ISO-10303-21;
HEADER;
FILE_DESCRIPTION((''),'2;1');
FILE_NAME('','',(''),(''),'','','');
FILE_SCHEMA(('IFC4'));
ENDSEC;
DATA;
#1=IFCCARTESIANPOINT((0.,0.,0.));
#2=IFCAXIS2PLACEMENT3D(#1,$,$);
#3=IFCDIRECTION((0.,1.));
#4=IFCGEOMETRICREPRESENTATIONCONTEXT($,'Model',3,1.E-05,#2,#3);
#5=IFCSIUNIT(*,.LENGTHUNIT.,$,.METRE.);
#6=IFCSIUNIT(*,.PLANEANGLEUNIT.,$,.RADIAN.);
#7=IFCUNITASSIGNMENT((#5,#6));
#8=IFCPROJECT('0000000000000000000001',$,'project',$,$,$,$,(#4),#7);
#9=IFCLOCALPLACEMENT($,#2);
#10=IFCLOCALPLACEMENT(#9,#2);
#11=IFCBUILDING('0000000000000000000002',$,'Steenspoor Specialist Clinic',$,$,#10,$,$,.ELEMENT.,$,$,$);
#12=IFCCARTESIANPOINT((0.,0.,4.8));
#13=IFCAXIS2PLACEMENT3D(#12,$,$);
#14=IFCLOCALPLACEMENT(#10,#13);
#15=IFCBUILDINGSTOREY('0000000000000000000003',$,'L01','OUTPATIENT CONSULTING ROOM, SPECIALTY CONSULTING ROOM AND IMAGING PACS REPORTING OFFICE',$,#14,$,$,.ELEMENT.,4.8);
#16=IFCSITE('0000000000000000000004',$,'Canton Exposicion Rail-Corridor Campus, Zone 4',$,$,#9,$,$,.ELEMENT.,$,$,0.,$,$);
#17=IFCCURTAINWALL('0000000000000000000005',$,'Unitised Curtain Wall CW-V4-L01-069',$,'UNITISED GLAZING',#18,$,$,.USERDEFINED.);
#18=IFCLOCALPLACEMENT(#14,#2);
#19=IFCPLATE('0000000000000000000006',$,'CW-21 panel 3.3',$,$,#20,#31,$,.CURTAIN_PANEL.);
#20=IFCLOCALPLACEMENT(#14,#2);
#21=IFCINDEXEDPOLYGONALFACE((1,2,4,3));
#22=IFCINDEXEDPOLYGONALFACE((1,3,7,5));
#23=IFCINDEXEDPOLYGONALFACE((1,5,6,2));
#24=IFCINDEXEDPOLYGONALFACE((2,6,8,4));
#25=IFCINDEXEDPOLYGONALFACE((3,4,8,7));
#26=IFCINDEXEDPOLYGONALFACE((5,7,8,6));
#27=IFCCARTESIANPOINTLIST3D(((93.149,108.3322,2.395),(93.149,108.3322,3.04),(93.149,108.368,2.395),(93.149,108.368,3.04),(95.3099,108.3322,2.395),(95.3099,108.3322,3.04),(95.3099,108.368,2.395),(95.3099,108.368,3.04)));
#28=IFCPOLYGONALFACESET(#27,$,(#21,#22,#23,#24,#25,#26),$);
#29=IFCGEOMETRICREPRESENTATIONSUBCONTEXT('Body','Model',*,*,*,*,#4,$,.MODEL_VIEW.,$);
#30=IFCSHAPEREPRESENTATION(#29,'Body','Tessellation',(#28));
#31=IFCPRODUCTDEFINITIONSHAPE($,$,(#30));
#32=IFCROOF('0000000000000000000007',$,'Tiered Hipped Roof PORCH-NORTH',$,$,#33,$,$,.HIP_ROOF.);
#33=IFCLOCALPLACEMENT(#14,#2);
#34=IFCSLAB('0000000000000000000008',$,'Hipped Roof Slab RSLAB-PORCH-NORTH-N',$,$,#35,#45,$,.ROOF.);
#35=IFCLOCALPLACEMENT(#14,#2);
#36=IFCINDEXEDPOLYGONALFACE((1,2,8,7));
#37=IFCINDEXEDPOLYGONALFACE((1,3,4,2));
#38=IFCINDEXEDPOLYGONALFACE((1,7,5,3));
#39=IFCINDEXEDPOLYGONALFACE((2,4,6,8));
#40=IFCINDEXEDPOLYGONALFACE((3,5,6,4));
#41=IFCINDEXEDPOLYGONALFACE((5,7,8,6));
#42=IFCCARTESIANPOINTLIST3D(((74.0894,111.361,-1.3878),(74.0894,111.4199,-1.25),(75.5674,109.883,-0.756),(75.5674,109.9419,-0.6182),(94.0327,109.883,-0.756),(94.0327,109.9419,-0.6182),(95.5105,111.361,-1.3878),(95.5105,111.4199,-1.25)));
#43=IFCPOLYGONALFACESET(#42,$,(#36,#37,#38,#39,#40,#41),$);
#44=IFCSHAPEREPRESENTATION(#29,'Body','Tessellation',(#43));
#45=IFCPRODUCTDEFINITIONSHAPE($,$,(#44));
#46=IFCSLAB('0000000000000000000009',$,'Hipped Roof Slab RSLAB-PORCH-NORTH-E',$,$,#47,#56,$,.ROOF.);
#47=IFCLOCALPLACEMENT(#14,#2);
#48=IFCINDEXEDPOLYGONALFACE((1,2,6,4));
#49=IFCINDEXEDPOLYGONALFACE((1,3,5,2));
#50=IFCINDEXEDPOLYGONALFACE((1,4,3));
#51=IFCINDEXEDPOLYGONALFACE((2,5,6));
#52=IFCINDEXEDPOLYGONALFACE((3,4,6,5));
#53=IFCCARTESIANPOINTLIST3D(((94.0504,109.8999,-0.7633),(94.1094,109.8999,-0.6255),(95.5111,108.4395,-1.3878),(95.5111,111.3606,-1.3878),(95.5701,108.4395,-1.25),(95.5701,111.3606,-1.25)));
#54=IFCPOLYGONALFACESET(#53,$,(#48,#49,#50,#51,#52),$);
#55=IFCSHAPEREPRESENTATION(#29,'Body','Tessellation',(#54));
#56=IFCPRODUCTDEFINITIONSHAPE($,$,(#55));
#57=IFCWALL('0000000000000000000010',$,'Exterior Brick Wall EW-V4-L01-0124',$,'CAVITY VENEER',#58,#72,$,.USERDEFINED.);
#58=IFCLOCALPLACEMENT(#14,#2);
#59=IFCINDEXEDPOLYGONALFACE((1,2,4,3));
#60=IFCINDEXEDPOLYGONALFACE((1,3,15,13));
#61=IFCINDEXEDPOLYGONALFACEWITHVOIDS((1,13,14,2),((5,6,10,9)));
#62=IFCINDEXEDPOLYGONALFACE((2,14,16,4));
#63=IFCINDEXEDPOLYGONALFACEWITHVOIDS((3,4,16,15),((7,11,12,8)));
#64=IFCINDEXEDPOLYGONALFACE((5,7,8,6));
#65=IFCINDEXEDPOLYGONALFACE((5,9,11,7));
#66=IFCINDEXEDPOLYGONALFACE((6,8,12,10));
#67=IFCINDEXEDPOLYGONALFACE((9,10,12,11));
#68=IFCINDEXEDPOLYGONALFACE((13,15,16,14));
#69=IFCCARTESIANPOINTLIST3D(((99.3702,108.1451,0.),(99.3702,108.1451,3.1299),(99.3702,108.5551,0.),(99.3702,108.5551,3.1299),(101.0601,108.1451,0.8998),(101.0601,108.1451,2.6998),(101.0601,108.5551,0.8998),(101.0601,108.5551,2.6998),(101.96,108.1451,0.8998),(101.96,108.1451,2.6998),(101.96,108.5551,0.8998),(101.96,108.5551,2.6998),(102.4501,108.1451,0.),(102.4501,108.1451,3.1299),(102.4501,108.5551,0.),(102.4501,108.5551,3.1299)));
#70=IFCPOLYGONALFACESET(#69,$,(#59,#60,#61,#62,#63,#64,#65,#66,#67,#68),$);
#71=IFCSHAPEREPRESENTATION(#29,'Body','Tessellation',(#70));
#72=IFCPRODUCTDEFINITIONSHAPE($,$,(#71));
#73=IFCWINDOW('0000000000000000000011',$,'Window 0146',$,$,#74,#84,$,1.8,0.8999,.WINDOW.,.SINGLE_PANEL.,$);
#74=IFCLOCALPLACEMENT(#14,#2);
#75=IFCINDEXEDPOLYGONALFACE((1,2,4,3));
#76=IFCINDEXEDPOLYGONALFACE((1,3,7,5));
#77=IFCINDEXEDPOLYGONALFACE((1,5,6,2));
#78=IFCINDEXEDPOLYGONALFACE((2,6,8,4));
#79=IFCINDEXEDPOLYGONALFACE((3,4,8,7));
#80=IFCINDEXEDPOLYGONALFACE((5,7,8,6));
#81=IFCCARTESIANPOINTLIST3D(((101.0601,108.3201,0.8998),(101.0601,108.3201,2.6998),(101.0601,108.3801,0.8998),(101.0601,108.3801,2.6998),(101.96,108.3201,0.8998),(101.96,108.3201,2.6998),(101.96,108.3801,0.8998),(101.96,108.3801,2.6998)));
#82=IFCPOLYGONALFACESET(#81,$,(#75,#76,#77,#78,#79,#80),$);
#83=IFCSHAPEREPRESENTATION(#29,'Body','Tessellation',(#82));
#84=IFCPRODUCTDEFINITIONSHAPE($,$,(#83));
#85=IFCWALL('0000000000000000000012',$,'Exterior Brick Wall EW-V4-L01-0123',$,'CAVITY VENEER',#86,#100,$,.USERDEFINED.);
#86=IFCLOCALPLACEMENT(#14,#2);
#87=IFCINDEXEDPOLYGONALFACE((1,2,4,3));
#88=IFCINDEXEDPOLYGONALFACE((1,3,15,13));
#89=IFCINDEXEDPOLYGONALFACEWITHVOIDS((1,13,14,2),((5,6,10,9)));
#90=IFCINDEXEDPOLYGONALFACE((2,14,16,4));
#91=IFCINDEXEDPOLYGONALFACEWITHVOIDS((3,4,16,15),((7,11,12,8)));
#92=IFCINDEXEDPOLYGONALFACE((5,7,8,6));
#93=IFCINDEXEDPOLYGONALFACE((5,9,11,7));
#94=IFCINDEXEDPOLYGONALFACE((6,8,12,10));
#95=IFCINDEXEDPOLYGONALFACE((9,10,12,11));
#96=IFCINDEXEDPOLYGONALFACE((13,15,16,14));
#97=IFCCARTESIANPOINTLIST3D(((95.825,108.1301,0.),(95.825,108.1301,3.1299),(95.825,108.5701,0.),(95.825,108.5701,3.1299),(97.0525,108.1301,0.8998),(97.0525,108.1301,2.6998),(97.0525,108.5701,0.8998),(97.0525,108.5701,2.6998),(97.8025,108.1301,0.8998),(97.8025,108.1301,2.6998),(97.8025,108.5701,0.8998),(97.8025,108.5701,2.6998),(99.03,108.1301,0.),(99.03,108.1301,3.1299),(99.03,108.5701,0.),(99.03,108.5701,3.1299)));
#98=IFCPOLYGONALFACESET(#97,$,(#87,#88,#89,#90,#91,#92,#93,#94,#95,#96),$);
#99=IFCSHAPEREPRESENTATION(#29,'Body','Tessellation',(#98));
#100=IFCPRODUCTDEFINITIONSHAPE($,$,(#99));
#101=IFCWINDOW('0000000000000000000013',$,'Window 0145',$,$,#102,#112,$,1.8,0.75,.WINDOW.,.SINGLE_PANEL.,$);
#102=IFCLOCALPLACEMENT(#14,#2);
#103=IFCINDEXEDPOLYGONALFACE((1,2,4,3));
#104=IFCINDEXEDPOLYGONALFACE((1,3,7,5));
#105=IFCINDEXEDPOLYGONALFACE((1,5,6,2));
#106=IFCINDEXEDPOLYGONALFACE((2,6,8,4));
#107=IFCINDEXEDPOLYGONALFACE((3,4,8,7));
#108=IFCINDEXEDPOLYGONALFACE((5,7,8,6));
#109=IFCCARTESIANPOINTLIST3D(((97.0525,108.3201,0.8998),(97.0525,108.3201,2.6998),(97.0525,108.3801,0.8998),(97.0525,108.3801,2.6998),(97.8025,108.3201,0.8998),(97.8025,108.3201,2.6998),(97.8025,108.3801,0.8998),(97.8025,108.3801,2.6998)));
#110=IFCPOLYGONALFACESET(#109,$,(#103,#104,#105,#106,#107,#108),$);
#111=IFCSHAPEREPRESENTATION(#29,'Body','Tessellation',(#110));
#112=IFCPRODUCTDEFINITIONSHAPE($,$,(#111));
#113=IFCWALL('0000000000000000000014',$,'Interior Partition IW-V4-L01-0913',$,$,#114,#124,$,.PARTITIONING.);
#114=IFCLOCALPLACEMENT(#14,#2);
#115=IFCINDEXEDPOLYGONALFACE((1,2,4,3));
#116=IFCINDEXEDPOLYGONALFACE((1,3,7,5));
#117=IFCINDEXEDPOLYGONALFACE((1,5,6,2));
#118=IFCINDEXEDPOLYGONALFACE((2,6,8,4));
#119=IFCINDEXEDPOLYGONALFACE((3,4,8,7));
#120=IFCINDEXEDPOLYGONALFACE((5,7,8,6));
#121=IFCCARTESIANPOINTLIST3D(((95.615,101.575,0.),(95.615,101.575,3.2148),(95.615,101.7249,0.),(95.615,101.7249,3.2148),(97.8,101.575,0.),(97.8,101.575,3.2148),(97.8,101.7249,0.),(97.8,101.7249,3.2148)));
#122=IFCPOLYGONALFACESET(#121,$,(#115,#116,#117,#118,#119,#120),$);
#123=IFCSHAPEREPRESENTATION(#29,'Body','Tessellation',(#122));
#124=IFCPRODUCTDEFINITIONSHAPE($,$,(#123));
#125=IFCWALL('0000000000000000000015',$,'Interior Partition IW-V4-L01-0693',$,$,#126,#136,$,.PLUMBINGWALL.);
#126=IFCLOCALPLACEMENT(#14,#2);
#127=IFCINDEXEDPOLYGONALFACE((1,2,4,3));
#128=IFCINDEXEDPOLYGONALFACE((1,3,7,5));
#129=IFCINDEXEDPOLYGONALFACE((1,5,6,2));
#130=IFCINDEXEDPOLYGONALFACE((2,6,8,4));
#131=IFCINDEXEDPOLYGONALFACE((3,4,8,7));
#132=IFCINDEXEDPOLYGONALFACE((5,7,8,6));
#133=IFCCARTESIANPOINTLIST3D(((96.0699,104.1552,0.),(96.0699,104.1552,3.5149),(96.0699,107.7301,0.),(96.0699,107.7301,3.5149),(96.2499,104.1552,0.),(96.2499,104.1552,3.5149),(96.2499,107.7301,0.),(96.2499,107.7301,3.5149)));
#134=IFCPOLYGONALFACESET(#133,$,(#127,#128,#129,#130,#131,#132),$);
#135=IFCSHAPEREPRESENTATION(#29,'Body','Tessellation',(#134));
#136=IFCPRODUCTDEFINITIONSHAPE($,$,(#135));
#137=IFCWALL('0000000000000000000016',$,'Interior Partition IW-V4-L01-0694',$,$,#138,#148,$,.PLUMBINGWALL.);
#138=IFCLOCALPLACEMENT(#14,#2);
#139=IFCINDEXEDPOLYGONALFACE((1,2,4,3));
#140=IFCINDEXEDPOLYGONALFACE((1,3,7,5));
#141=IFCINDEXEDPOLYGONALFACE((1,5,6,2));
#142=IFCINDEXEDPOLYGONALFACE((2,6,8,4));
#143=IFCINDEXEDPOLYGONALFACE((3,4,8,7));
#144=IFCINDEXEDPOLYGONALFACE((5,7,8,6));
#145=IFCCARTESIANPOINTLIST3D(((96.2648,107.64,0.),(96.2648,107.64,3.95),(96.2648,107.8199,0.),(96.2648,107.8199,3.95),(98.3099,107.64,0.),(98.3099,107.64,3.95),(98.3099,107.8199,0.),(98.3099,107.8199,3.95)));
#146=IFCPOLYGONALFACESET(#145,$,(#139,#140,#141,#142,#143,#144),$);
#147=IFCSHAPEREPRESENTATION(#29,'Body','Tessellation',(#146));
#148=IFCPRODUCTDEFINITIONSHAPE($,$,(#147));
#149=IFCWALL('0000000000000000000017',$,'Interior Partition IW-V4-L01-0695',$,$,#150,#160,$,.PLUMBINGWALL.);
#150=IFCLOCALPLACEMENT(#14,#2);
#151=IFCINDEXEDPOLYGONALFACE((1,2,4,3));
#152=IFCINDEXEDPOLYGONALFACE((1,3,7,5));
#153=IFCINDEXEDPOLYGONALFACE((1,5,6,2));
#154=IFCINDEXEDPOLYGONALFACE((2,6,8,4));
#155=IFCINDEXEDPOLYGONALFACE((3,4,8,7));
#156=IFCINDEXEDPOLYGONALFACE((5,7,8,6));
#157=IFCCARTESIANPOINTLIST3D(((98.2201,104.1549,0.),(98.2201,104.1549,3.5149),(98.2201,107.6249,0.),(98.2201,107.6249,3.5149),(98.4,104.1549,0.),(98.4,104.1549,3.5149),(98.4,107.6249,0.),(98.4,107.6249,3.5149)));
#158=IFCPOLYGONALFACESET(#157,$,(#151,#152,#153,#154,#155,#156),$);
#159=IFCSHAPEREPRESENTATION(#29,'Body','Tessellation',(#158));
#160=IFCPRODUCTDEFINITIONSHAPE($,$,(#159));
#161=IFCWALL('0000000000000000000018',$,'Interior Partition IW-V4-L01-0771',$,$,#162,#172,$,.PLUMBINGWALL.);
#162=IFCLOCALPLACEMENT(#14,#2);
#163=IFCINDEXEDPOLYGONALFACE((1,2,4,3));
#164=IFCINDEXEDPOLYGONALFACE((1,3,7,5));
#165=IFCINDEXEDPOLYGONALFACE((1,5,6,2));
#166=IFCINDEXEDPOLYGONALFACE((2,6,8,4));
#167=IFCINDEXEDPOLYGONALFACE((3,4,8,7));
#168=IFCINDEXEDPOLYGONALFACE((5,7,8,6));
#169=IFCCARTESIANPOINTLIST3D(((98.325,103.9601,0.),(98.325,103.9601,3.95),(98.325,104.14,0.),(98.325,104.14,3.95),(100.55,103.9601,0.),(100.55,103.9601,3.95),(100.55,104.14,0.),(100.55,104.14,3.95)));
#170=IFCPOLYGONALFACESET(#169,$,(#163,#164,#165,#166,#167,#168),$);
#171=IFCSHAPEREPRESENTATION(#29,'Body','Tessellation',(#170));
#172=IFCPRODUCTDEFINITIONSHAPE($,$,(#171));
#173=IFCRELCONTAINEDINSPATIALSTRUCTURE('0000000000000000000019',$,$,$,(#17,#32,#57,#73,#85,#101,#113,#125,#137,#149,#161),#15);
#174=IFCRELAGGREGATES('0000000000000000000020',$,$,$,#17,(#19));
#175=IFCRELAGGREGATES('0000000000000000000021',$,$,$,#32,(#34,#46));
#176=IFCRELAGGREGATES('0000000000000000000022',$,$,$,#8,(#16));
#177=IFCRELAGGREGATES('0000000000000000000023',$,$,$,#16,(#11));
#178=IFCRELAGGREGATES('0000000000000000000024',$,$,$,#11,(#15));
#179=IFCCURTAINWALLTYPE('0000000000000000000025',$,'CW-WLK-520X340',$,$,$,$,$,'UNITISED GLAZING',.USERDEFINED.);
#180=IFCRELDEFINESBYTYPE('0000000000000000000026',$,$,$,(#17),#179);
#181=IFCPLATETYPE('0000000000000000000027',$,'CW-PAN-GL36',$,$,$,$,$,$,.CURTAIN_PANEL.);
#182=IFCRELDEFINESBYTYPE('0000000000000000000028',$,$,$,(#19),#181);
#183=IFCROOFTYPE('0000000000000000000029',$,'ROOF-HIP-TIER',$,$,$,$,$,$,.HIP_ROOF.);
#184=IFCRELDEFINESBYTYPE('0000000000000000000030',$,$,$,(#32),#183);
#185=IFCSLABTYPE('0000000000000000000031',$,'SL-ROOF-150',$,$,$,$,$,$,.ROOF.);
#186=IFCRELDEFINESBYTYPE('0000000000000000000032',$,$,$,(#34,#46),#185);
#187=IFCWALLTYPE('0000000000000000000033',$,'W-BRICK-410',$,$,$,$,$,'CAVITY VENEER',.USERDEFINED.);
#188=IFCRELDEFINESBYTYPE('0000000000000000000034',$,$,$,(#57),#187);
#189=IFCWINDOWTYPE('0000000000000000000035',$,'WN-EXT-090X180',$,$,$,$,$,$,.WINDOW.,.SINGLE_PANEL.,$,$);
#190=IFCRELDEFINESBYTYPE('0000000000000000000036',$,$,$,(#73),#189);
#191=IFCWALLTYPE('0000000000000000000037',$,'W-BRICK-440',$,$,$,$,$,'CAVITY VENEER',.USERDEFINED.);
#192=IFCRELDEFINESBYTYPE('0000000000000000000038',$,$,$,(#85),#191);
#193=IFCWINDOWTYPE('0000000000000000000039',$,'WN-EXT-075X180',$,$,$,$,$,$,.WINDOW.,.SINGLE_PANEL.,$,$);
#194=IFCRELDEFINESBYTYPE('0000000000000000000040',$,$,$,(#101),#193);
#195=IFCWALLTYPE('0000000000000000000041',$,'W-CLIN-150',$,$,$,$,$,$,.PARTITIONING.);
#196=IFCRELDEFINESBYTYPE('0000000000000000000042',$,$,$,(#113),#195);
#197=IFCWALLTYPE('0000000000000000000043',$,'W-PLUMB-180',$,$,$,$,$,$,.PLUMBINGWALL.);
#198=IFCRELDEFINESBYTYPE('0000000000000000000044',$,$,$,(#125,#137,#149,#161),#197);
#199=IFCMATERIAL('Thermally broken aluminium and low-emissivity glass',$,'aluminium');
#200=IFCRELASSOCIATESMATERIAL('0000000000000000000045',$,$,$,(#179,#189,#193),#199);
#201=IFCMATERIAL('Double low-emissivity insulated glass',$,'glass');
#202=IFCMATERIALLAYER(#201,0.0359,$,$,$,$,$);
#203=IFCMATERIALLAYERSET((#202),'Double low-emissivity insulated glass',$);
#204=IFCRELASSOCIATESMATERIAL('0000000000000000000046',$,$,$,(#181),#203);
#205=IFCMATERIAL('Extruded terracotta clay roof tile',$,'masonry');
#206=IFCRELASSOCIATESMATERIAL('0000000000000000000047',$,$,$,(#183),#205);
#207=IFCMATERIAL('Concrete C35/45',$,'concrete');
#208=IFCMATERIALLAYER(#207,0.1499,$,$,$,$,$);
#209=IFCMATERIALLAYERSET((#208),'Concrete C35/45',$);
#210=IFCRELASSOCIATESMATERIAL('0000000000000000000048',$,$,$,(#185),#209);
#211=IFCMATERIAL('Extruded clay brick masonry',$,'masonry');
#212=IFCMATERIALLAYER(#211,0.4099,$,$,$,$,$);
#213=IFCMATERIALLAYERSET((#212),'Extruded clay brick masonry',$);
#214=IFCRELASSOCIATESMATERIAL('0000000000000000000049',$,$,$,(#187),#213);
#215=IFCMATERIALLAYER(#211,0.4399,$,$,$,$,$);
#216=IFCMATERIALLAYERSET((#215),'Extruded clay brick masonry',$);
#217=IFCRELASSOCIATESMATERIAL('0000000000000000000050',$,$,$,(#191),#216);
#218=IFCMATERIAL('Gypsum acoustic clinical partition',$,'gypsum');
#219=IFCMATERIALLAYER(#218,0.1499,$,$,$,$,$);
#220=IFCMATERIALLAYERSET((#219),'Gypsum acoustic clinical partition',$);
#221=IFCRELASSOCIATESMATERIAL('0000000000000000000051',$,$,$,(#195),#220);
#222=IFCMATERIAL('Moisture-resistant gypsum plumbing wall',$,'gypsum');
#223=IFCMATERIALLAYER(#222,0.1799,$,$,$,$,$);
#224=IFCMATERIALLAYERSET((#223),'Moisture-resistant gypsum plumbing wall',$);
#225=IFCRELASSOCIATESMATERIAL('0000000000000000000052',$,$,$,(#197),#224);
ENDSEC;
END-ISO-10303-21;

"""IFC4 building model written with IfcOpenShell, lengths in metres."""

from ifc_helpers import new_model, si_unit, direction, frame, frame_2d, origin, origin_2d, place, context, subcontext, project, spatial, polyline, rectangle, outline, extrude, material, layer, layer_set, type_object, element, fill, aggregate, save


model = new_model("IFC4")

# Units and contexts
model_context = context("Model", 3, precision=1e-05, world=origin(), true_north=direction((0.0, 1.0)))
body_context = subcontext(model_context, "Body", "Model", "MODEL_VIEW")
ifc_project = project(units=[si_unit("LENGTHUNIT", "METRE"), si_unit("PLANEANGLEUNIT", "RADIAN")], contexts=[model_context])

# Site, building, storey
site_placement = place(None, origin())
site = spatial("IfcSite", under=ifc_project, at=site_placement, Name="Canton Exposicion Rail-Corridor Campus, Zone 4", CompositionType="ELEMENT", RefElevation=0.0)
building_placement = place(site_placement, origin())
building = spatial("IfcBuilding", under=site, at=building_placement, Name="Steenspoor Specialist Clinic", CompositionType="ELEMENT")
storey_placement = place(building_placement, frame((0.0, 0.0, 4.8)))
storey = spatial("IfcBuildingStorey", under=building, at=storey_placement, Name="L01", Description="OUTPATIENT CONSULTING ROOM, SPECIALTY CONSULTING ROOM AND IMAGING PACS REPORTING OFFICE", CompositionType="ELEMENT", Elevation=4.8)

# Curtain wall
ifc_material_1 = material(Name="Thermally broken aluminium and low-emissivity glass", Category="aluminium")
curtain_wall_type = type_object("IfcCurtainWallType", Name="CW-WLK-520X340", ElementType="UNITISED GLAZING", PredefinedType="USERDEFINED", material=ifc_material_1)
curtain_wall_placement = place(storey_placement, origin())
curtain_wall = element("IfcCurtainWall", 1, at=curtain_wall_placement, inside=storey, type_object=curtain_wall_type, Name="Unitised Curtain Wall CW-V4-L01-069", ObjectType="UNITISED GLAZING", PredefinedType="USERDEFINED")

# Shared definitions
ifc_material_2 = material(Name="Concrete C35/45", Category="concrete")

# Plate
ifc_material_3 = material(Name="Double low-emissivity insulated glass", Category="glass")
ifc_layer_1 = layer(ifc_material_3, 0.0359)
ifc_layer_set_1 = layer_set([ifc_layer_1], Name="Double low-emissivity insulated glass")
plate_type = type_object("IfcPlateType", Name="CW-PAN-GL36", PredefinedType="CURTAIN_PANEL", material=ifc_layer_set_1)
plate_1_placement = place(storey_placement, frame((94.2295, 108.3501, 2.395), z_axis=(0.0, 0.0, 1.0), x_axis=(1.0, 0.0, 0.0)))
plate_1 = element("IfcPlate", 2, at=plate_1_placement, type_object=plate_type, Name="CW-21 panel 3.3", PredefinedType="CURTAIN_PANEL", context=body_context, shape_type="SweptSolid", body=[
    extrude(rectangle(XDim=2.1609, YDim=0.0359, at=origin_2d()), origin(), (0.0, 0.0, 1.0), 0.645),
])
aggregate(curtain_wall, [plate_1])

# Roof, slabs
ifc_material_4 = material(Name="Extruded terracotta clay roof tile", Category="masonry")
roof_type = type_object("IfcRoofType", Name="ROOF-HIP-TIER", PredefinedType="HIP_ROOF", material=ifc_material_4)
roof_placement = place(storey_placement, origin())
roof = element("IfcRoof", 3, at=roof_placement, inside=storey, type_object=roof_type, Name="Tiered Hipped Roof PORCH-NORTH", PredefinedType="HIP_ROOF")
ifc_layer_2 = layer(ifc_material_2, 0.1499)
ifc_layer_set_2 = layer_set([ifc_layer_2], Name="Concrete C35/45")
slab_type = type_object("IfcSlabType", Name="SL-ROOF-150", PredefinedType="ROOF", material=ifc_layer_set_2)
slab_1_placement = place(storey_placement, frame((94.0327, 109.9419, -0.6182), z_axis=(0.0, 0.393076, 0.919506), x_axis=(0.676799, 0.676911, -0.28937)))
slab_1 = element("IfcSlab", 4, at=slab_1_placement, type_object=slab_type, Name="Hipped Roof Slab RSLAB-PORCH-NORTH-N", PredefinedType="ROOF", context=body_context, shape_type="SweptSolid", body=[
    extrude(outline(polyline([(0.0, 0.0), (2.1835, 0.0), (-12.3143, 15.7696), (-12.4973, 13.5936), (0.0, 0.0)])), origin(), (0.0, 0.0, -1.0), 0.1499),
])
slab_2_placement = place(storey_placement, frame((94.1094, 109.8999, -0.6255), z_axis=(0.393122, 0.0, 0.919486), x_axis=(0.676904, -0.67679, -0.289407)))
slab_2 = element("IfcSlab", 5, at=slab_2_placement, type_object=slab_type, Name="Hipped Roof Slab RSLAB-PORCH-NORTH-E", PredefinedType="ROOF", context=body_context, shape_type="SweptSolid", body=[
    extrude(outline(polyline([(0.0, 0.0), (2.1579, 0.0), (0.1809, 2.1505), (0.0, 0.0)])), origin(), (0.0, 0.0, -1.0), 0.1499),
])
aggregate(roof, [slab_1, slab_2])

# Walls, openings, windows
ifc_material_5 = material(Name="Extruded clay brick masonry", Category="masonry")
ifc_layer_3 = layer(ifc_material_5, 0.4099)
ifc_layer_set_3 = layer_set([ifc_layer_3], Name="Extruded clay brick masonry")
wall_type_1 = type_object("IfcWallType", Name="W-BRICK-410", ElementType="CAVITY VENEER", PredefinedType="USERDEFINED", material=ifc_layer_set_3)
wall_1_placement = place(storey_placement, frame((99.3701, 108.3501, 0.0), z_axis=(0.0, 0.0, 1.0), x_axis=(1.0, 0.0, 0.0)))
wall_1 = element("IfcWall", 6, at=wall_1_placement, inside=storey, type_object=wall_type_1, Name="Exterior Brick Wall EW-V4-L01-0124", ObjectType="CAVITY VENEER", PredefinedType="USERDEFINED", context=body_context, shape_type="SweptSolid", body=[
    extrude(rectangle(XDim=3.0798, YDim=0.4099, at=frame_2d((1.54, 0.0))), origin(), (0.0, 0.0, 1.0), 3.1299),
])
opening_1_placement = place(wall_1_placement, frame((1.6899, 0.0, 0.8999)))
opening_1 = element("IfcOpeningElement", 7, at=opening_1_placement, cuts=wall_1, PredefinedType="OPENING", context=body_context, shape_type="SweptSolid", body=[
    extrude(rectangle(XDim=0.8999, YDim=1.8, at=frame_2d((0.45, 0.8999))), frame((0.0, 0.2148, 0.0), z_axis=(0.0, -1.0, 0.0), x_axis=(1.0, 0.0, 0.0)), (0.0, 0.0, 1.0), 0.4299),
])
window_type_1 = type_object("IfcWindowType", Name="WN-EXT-090X180", PartitioningType="SINGLE_PANEL", PredefinedType="WINDOW", material=ifc_material_1)
window_1_placement = place(opening_1_placement, origin())
window_1 = element("IfcWindow", 8, at=window_1_placement, inside=storey, type_object=window_type_1, Name="Window 0146", OverallHeight=1.8, OverallWidth=0.8999, PartitioningType="SINGLE_PANEL", PredefinedType="WINDOW", context=body_context, shape_type="SweptSolid", body=[
    extrude(rectangle(XDim=0.8999, YDim=1.8, at=frame_2d((0.45, 0.8999))), frame((0.0, 0.03, 0.0), z_axis=(0.0, -1.0, 0.0), x_axis=(1.0, 0.0, 0.0)), (0.0, 0.0, 1.0), 0.0601),
])
fill(opening_1, window_1)
ifc_layer_4 = layer(ifc_material_5, 0.4399)
ifc_layer_set_4 = layer_set([ifc_layer_4], Name="Extruded clay brick masonry")
wall_type_2 = type_object("IfcWallType", Name="W-BRICK-440", ElementType="CAVITY VENEER", PredefinedType="USERDEFINED", material=ifc_layer_set_4)
wall_2_placement = place(storey_placement, frame((95.825, 108.3501, 0.0), z_axis=(0.0, 0.0, 1.0), x_axis=(1.0, 0.0, 0.0)))
wall_2 = element("IfcWall", 9, at=wall_2_placement, inside=storey, type_object=wall_type_2, Name="Exterior Brick Wall EW-V4-L01-0123", ObjectType="CAVITY VENEER", PredefinedType="USERDEFINED", context=body_context, shape_type="SweptSolid", body=[
    extrude(rectangle(XDim=3.2051, YDim=0.4399, at=frame_2d((1.6025, 0.0))), origin(), (0.0, 0.0, 1.0), 3.1299),
])
opening_2_placement = place(wall_2_placement, frame((1.2275, 0.0, 0.8999)))
opening_2 = element("IfcOpeningElement", 10, at=opening_2_placement, cuts=wall_2, PredefinedType="OPENING", context=body_context, shape_type="SweptSolid", body=[
    extrude(rectangle(XDim=0.75, YDim=1.8, at=frame_2d((0.375, 0.8999))), frame((0.0, 0.23, 0.0), z_axis=(0.0, -1.0, 0.0), x_axis=(1.0, 0.0, 0.0)), (0.0, 0.0, 1.0), 0.46),
])
window_type_2 = type_object("IfcWindowType", Name="WN-EXT-075X180", PartitioningType="SINGLE_PANEL", PredefinedType="WINDOW", material=ifc_material_1)
window_2_placement = place(opening_2_placement, origin())
window_2 = element("IfcWindow", 11, at=window_2_placement, inside=storey, type_object=window_type_2, Name="Window 0145", OverallHeight=1.8, OverallWidth=0.75, PartitioningType="SINGLE_PANEL", PredefinedType="WINDOW", context=body_context, shape_type="SweptSolid", body=[
    extrude(rectangle(XDim=0.75, YDim=1.8, at=frame_2d((0.375, 0.8999))), frame((0.0, 0.03, 0.0), z_axis=(0.0, -1.0, 0.0), x_axis=(1.0, 0.0, 0.0)), (0.0, 0.0, 1.0), 0.0601),
])
fill(opening_2, window_2)

# Wall
ifc_material_6 = material(Name="Gypsum acoustic clinical partition", Category="gypsum")
ifc_layer_5 = layer(ifc_material_6, 0.1499)
ifc_layer_set_5 = layer_set([ifc_layer_5], Name="Gypsum acoustic clinical partition")
wall_type_3 = type_object("IfcWallType", Name="W-CLIN-150", PredefinedType="PARTITIONING", material=ifc_layer_set_5)
wall_3_placement = place(storey_placement, frame((95.615, 101.6499, 0.0), z_axis=(0.0, 0.0, 1.0), x_axis=(1.0, 0.0, 0.0)))
element("IfcWall", 12, at=wall_3_placement, inside=storey, type_object=wall_type_3, Name="Interior Partition IW-V4-L01-0913", PredefinedType="PARTITIONING", context=body_context, shape_type="SweptSolid", body=[
    extrude(rectangle(XDim=2.1851, YDim=0.1499, at=frame_2d((1.0925, 0.0))), origin(), (0.0, 0.0, 1.0), 3.2148),
])

# Shared definitions
ifc_material_7 = material(Name="Moisture-resistant gypsum plumbing wall", Category="gypsum")
ifc_layer_6 = layer(ifc_material_7, 0.1799)
ifc_layer_set_6 = layer_set([ifc_layer_6], Name="Moisture-resistant gypsum plumbing wall")
wall_type_4 = type_object("IfcWallType", Name="W-PLUMB-180", PredefinedType="PLUMBINGWALL", material=ifc_layer_set_6)

# Walls
wall_4_placement = place(storey_placement, frame((96.1599, 104.155, 0.0), z_axis=(0.0, 0.0, 1.0), x_axis=(0.0, 1.0, 0.0)))
element("IfcWall", 13, at=wall_4_placement, inside=storey, type_object=wall_type_4, Name="Interior Partition IW-V4-L01-0693", PredefinedType="PLUMBINGWALL", context=body_context, shape_type="SweptSolid", body=[
    extrude(rectangle(XDim=3.575, YDim=0.1799, at=frame_2d((1.7876, 0.0))), origin(), (0.0, 0.0, 1.0), 3.5149),
])
wall_5_placement = place(storey_placement, frame((96.2649, 107.73, 0.0), z_axis=(0.0, 0.0, 1.0), x_axis=(1.0, 0.0, 0.0)))
element("IfcWall", 14, at=wall_5_placement, inside=storey, type_object=wall_type_4, Name="Interior Partition IW-V4-L01-0694", PredefinedType="PLUMBINGWALL", context=body_context, shape_type="SweptSolid", body=[
    extrude(rectangle(XDim=2.0452, YDim=0.1799, at=frame_2d((1.0225, 0.0))), origin(), (0.0, 0.0, 1.0), 3.95),
])
wall_6_placement = place(storey_placement, frame((98.3101, 104.155, 0.0), z_axis=(0.0, 0.0, 1.0), x_axis=(0.0, 1.0, 0.0)))
element("IfcWall", 15, at=wall_6_placement, inside=storey, type_object=wall_type_4, Name="Interior Partition IW-V4-L01-0695", PredefinedType="PLUMBINGWALL", context=body_context, shape_type="SweptSolid", body=[
    extrude(rectangle(XDim=3.47, YDim=0.1799, at=frame_2d((1.7349, 0.0))), origin(), (0.0, 0.0, 1.0), 3.5149),
])
wall_7_placement = place(storey_placement, frame((98.325, 104.05, 0.0), z_axis=(0.0, 0.0, 1.0), x_axis=(1.0, 0.0, 0.0)))
element("IfcWall", 16, at=wall_7_placement, inside=storey, type_object=wall_type_4, Name="Interior Partition IW-V4-L01-0771", PredefinedType="PLUMBINGWALL", context=body_context, shape_type="SweptSolid", body=[
    extrude(rectangle(XDim=2.2251, YDim=0.1799, at=frame_2d((1.1125, 0.0))), origin(), (0.0, 0.0, 1.0), 3.95),
])

save(model, "model.ifc")
